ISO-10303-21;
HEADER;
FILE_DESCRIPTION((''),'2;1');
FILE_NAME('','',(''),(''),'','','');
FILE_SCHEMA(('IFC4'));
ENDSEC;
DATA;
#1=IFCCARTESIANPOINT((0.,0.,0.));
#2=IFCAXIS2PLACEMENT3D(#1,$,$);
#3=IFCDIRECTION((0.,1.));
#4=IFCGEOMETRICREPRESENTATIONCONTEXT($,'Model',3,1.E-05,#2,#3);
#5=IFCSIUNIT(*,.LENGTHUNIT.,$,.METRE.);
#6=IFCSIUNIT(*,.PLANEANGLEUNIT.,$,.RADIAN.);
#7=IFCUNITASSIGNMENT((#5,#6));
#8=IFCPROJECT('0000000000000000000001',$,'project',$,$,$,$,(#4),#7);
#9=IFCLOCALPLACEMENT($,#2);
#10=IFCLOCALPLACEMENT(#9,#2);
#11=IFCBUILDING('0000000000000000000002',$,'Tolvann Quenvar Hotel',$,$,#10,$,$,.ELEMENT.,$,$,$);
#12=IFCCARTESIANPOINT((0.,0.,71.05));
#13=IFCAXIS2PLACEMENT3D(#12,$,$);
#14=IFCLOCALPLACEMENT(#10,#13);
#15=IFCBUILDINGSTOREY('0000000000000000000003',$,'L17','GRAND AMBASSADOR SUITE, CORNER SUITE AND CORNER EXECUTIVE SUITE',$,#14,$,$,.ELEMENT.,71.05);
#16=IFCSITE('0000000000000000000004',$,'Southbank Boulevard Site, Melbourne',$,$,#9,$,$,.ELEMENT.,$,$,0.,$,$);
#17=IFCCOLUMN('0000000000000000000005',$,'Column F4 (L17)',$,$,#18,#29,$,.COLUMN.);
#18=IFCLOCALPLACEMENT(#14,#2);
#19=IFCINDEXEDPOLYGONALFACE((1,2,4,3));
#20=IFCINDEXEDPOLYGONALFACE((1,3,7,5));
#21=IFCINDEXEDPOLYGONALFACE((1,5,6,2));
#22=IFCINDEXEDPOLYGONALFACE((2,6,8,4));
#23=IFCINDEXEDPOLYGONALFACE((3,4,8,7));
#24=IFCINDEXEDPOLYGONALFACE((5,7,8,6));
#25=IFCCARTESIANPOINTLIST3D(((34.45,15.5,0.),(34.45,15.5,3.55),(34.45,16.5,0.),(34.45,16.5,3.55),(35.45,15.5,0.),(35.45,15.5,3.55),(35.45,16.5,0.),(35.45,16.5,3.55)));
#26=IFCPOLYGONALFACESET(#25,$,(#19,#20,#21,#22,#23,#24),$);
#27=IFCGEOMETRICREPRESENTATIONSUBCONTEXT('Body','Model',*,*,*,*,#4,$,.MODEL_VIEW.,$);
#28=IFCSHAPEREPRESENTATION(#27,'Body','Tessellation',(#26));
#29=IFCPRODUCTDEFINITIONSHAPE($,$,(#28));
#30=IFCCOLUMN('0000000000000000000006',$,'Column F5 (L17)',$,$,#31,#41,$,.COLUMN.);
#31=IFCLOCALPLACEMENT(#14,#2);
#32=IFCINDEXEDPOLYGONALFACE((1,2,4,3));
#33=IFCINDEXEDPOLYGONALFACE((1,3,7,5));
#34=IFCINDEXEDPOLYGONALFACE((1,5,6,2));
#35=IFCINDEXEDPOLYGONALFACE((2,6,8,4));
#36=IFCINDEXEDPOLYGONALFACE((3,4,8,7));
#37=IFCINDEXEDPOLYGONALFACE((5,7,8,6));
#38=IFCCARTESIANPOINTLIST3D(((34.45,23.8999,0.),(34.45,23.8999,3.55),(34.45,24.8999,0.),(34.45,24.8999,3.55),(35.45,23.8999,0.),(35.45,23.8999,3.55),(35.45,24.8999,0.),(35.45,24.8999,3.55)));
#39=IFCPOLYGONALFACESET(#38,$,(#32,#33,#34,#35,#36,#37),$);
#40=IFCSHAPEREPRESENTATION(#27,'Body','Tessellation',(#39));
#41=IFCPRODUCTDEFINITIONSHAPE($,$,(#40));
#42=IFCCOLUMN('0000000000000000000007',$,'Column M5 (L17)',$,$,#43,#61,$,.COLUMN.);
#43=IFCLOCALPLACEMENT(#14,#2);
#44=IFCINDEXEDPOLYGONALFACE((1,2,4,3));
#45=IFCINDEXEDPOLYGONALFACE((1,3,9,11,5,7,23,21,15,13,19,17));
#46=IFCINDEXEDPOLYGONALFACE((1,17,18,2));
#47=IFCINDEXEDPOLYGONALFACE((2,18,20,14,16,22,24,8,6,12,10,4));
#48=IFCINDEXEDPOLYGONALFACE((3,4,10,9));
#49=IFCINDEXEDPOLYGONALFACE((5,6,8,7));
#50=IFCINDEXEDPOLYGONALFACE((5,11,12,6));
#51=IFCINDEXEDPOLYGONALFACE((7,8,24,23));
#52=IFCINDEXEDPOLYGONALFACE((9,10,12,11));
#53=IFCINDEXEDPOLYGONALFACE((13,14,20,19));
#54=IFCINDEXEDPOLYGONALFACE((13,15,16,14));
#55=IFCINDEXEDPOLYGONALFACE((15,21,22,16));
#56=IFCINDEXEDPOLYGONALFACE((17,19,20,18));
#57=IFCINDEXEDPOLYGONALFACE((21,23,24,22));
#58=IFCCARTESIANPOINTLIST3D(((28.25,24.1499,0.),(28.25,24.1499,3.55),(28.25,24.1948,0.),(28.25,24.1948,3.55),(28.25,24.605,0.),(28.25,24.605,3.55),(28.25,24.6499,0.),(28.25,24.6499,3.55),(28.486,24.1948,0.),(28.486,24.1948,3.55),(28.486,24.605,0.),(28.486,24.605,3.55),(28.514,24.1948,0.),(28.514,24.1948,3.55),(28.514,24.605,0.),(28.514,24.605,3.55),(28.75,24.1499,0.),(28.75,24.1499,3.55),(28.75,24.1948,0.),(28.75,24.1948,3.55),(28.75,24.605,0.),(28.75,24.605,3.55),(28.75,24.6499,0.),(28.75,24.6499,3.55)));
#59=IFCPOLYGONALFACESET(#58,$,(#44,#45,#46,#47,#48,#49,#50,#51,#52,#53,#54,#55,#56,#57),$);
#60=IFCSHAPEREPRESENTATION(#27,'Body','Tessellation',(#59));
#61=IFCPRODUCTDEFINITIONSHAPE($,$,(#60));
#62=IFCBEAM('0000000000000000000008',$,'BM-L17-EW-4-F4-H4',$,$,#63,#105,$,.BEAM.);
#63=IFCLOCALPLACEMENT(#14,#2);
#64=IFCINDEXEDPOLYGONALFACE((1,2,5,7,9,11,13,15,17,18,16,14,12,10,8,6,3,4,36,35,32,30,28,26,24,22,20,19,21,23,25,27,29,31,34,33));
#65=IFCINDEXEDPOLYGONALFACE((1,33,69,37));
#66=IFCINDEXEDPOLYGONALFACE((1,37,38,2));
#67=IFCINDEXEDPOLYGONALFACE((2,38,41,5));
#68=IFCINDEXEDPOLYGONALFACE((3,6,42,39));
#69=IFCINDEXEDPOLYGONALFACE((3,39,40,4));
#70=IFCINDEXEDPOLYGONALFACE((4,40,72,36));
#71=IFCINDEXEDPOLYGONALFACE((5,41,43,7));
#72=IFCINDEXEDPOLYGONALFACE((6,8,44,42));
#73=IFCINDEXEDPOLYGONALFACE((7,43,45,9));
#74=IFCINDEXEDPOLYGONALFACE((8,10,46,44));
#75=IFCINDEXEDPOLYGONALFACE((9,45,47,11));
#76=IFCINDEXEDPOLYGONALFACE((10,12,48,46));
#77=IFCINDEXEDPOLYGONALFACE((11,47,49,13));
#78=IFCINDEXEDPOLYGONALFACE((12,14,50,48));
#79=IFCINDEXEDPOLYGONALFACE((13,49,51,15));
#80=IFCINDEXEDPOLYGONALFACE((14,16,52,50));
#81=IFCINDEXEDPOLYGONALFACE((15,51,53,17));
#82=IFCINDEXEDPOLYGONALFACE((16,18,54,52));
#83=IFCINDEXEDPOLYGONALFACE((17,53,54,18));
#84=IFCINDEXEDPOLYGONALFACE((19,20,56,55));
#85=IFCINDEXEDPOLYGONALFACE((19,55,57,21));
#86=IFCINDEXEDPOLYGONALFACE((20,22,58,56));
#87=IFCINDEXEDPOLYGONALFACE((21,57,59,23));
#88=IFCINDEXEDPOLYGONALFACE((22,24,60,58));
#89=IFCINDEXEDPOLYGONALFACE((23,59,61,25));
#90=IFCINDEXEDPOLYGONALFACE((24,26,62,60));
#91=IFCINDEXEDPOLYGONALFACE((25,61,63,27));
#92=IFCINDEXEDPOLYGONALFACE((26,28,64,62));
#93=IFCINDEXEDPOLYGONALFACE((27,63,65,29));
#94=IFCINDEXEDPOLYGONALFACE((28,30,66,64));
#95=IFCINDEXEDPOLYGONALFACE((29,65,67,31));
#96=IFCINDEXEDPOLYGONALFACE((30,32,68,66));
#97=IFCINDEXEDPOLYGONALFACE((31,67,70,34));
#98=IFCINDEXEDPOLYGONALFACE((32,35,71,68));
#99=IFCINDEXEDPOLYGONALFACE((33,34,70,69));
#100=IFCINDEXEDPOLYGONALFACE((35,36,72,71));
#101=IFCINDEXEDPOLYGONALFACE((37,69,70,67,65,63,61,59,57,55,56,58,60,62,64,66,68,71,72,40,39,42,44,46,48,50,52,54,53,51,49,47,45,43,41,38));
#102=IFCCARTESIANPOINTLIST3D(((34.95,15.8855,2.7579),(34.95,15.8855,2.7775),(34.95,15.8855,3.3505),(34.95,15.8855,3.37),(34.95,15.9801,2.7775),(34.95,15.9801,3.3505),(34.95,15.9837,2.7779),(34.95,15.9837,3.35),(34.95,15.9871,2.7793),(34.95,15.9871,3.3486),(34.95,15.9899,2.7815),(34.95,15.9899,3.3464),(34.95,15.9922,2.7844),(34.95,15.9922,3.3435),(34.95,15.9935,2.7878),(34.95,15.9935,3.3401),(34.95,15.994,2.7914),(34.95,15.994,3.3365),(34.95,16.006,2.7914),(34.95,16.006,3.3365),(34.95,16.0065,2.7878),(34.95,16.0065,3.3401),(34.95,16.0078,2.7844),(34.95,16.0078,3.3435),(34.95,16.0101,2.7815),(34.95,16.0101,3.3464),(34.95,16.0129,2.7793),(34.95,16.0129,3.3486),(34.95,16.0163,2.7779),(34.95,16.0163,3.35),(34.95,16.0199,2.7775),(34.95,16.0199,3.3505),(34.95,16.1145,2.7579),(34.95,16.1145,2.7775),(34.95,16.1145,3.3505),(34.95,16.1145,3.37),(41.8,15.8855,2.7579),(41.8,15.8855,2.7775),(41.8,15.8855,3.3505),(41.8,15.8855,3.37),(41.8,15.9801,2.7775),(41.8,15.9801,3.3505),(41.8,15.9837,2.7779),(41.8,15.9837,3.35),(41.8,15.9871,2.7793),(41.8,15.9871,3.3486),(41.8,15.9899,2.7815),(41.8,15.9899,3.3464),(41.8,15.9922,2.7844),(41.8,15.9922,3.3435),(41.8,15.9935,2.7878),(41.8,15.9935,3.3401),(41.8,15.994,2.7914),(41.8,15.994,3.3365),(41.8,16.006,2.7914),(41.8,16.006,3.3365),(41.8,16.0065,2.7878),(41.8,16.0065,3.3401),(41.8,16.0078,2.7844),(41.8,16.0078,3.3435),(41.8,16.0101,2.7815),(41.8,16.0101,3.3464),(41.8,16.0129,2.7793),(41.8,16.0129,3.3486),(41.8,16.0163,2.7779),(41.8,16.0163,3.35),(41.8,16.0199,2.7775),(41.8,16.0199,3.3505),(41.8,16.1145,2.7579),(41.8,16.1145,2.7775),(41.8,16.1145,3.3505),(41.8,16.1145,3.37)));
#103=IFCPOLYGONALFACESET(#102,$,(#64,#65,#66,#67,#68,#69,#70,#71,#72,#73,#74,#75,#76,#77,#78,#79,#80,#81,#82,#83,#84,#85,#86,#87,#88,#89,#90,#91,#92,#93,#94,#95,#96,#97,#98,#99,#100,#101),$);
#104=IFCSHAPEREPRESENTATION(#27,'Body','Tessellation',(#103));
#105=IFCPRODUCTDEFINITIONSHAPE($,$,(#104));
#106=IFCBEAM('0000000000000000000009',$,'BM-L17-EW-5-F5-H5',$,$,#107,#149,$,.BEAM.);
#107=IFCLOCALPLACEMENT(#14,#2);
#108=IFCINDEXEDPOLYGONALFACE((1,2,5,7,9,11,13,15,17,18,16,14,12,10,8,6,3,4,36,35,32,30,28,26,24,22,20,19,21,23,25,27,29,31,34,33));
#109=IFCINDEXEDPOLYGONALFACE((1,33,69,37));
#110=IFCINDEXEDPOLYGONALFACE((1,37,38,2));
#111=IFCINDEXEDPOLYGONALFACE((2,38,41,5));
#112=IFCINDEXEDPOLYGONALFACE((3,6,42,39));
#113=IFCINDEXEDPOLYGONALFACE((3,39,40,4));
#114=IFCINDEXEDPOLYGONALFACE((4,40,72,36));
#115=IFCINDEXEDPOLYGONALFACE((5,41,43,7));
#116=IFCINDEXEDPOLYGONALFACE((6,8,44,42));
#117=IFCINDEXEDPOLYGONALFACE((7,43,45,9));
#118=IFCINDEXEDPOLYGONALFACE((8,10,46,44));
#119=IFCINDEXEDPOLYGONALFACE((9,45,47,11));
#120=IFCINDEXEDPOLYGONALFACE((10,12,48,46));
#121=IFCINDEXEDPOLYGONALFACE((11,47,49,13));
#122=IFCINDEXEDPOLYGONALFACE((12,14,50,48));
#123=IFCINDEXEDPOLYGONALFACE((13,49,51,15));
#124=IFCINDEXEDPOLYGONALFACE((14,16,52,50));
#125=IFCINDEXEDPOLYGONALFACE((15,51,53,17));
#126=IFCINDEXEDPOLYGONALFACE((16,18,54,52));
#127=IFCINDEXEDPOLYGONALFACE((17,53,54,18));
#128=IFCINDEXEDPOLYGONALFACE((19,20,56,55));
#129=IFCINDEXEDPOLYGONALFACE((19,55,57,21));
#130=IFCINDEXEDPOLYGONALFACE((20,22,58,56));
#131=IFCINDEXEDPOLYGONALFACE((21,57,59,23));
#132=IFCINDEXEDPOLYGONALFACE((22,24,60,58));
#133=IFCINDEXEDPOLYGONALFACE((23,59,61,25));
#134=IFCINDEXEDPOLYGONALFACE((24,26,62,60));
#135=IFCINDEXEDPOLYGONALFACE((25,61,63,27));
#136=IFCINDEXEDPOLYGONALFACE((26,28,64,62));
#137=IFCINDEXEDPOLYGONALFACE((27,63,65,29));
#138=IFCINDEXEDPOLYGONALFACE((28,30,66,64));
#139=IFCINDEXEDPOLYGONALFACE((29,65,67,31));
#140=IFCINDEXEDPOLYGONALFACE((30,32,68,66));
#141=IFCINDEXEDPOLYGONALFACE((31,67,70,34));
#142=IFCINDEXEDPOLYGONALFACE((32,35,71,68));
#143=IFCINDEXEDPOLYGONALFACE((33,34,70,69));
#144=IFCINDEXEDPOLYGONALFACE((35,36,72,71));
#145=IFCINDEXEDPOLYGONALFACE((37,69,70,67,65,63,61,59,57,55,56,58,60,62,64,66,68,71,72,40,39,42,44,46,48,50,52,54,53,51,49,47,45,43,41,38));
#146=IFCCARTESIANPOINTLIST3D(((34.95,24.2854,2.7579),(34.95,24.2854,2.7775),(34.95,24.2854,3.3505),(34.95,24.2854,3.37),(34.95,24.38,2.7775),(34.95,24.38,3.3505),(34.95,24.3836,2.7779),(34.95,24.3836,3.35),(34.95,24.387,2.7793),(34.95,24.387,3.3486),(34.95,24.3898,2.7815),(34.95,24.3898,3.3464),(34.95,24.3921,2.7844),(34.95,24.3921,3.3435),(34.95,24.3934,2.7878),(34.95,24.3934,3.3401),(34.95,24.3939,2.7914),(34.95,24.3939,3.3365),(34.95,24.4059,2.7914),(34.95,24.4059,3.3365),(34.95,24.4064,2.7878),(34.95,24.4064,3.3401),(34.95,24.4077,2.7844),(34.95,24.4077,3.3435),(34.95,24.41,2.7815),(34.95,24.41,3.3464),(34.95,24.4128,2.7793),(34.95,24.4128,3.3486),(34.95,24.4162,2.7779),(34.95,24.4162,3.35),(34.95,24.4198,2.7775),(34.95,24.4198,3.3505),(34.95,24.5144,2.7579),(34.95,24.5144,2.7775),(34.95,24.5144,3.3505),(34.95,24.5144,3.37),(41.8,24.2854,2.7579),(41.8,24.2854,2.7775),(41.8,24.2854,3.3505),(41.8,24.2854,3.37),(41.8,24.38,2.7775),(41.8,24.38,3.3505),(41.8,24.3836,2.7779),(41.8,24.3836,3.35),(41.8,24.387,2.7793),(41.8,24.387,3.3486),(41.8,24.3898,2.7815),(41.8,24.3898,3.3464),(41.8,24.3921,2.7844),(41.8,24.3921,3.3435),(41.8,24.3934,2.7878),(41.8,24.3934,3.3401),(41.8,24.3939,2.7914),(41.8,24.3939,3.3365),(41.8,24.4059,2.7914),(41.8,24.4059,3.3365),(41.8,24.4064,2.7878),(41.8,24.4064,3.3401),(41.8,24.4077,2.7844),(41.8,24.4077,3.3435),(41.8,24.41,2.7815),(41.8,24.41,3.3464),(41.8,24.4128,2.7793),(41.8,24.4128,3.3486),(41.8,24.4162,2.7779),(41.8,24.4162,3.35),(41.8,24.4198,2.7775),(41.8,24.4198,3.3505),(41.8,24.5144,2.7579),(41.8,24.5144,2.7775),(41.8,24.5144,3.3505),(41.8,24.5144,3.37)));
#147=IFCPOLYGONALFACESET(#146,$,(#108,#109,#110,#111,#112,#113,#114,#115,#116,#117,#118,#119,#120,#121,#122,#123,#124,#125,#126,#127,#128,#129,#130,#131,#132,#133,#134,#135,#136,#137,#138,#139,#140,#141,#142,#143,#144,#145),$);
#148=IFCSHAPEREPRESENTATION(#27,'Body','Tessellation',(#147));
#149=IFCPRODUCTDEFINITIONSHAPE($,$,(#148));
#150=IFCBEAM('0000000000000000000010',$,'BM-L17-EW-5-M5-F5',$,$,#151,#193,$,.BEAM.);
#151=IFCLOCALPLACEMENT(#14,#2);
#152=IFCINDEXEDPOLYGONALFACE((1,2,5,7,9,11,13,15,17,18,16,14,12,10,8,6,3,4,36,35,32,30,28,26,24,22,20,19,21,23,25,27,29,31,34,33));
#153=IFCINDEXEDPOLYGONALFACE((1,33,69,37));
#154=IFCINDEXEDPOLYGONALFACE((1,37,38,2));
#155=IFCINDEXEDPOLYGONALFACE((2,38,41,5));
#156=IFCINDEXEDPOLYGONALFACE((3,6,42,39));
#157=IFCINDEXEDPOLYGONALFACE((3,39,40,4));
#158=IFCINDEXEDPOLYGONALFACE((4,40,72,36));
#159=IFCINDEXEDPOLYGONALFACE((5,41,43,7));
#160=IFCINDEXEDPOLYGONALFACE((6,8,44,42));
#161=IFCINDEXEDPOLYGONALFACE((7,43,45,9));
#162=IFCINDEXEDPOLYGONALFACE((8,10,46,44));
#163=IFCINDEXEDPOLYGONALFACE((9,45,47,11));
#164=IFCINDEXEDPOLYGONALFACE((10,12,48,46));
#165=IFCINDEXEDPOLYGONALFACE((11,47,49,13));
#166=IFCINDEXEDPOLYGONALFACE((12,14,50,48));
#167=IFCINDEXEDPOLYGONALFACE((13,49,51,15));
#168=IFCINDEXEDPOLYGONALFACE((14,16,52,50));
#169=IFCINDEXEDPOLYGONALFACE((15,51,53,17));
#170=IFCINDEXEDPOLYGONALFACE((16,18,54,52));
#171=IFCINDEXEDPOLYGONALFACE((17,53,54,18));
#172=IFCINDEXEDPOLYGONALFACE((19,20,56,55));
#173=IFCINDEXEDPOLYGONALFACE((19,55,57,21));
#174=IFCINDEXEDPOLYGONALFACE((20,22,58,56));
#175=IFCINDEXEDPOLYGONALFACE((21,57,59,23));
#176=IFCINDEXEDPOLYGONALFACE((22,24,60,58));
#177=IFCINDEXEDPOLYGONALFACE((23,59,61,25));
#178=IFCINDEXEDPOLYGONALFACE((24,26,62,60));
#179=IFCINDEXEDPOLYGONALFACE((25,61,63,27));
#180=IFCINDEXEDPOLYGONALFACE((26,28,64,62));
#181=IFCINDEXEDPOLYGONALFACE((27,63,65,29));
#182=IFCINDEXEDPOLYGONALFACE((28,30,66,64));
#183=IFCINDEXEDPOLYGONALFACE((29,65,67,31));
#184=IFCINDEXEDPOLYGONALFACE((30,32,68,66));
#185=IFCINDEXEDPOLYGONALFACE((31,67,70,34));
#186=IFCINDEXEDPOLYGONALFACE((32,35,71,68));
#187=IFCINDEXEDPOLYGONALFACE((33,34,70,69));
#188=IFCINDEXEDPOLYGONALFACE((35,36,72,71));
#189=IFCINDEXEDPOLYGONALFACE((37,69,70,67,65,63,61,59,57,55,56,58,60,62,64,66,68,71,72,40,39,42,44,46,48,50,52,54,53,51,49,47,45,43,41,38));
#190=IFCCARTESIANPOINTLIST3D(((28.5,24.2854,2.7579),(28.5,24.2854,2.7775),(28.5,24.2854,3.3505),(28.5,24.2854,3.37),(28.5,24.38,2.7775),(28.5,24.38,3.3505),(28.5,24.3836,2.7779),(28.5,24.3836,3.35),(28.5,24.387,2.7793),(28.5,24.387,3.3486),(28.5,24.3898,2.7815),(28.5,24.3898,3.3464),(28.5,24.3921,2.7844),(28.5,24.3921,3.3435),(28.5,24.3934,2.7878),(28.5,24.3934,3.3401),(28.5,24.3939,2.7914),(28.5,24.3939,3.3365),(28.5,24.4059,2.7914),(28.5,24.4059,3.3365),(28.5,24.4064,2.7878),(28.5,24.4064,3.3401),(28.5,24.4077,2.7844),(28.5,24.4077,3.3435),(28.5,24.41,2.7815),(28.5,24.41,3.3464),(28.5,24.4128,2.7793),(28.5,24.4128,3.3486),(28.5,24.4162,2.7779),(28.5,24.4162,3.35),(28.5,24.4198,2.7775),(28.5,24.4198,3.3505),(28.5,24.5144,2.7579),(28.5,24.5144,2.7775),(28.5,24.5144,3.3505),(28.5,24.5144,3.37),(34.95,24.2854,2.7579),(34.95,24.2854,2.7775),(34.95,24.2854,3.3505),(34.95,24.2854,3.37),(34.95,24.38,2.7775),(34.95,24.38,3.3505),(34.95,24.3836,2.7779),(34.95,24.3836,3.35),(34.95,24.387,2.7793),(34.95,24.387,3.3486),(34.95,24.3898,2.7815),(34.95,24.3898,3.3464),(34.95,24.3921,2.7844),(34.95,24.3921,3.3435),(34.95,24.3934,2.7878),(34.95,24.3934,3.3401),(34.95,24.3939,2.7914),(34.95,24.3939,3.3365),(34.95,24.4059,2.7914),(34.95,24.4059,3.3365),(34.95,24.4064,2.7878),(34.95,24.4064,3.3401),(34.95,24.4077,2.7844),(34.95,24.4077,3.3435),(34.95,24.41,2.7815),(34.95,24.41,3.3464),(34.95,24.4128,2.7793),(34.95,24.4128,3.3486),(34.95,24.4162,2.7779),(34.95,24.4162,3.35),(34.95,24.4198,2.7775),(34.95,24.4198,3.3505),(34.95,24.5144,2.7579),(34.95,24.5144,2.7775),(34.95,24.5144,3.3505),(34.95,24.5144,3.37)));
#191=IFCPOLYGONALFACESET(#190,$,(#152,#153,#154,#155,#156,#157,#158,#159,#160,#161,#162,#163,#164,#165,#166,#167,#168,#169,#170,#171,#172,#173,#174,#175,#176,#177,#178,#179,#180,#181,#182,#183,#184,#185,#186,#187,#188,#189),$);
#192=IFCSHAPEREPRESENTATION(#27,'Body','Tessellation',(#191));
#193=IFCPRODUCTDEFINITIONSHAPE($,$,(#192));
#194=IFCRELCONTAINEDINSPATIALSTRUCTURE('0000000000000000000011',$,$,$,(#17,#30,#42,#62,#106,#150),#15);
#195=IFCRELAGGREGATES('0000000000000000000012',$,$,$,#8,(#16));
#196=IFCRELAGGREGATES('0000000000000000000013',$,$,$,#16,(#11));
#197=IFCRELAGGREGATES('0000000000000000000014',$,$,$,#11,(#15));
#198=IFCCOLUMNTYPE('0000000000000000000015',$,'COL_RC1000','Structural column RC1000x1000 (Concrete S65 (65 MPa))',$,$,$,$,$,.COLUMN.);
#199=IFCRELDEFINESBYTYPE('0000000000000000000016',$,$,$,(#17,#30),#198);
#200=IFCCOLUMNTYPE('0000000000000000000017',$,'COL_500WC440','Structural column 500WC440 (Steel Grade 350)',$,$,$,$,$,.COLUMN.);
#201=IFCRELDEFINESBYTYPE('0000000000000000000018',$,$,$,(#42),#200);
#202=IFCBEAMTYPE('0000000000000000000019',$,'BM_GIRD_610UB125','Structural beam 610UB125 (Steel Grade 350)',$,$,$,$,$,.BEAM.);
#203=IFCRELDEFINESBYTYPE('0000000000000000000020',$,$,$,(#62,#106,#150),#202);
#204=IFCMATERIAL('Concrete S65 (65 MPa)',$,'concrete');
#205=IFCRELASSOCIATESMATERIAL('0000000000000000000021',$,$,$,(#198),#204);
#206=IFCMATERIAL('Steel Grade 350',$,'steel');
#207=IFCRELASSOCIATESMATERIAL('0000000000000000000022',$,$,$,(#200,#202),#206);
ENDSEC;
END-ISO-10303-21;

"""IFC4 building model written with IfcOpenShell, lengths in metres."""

from ifc_helpers import new_model, si_unit, direction, frame, origin, origin_2d, place, context, subcontext, project, spatial, rectangle, i_section, extrude, source, transform, mapped, material, material_profile, profile_set, type_object, type_shapes, element, save


model = new_model("IFC4")

# Units and contexts
model_context = context("Model", 3, precision=1e-05, world=origin(), true_north=direction((0.0, 1.0)))
body_context = subcontext(model_context, "Body", "Model", "MODEL_VIEW")
ifc_project = project(units=[si_unit("LENGTHUNIT", "METRE"), si_unit("PLANEANGLEUNIT", "RADIAN")], contexts=[model_context])

# Site, building, storey
site_placement = place(None, origin())
site = spatial("IfcSite", under=ifc_project, at=site_placement, Name="Southbank Boulevard Site, Melbourne", CompositionType="ELEMENT", RefElevation=0.0)
building_placement = place(site_placement, origin())
building = spatial("IfcBuilding", under=site, at=building_placement, Name="Tolvann Quenvar Hotel", CompositionType="ELEMENT")
storey_placement = place(building_placement, frame((0.0, 0.0, 71.05)))
storey = spatial("IfcBuildingStorey", under=building, at=storey_placement, Name="L17", Description="GRAND AMBASSADOR SUITE, CORNER SUITE AND CORNER EXECUTIVE SUITE", CompositionType="ELEMENT", Elevation=71.05)

# Columns
ifc_material_1 = material(Name="Concrete S65 (65 MPa)", Category="concrete")
ifc_material_profile_1 = material_profile(ifc_material_1, rectangle(XDim=1.0, YDim=1.0, at=origin_2d()), Name="RC1000x1000")
ifc_profile_set_1 = profile_set([ifc_material_profile_1], Name="Concrete S65 (65 MPa)")
column_type_1 = type_object("IfcColumnType", Name="COL_RC1000", Description="Structural column RC1000x1000 (Concrete S65 (65 MPa))", PredefinedType="COLUMN", material=ifc_profile_set_1)
shared_shape_1 = source(origin(), body_context, "Body", "SweptSolid", [
    extrude(rectangle(XDim=1.0, YDim=1.0, at=origin_2d()), origin(), (0.0, 0.0, 1.0), 3.55),
])
type_shapes(column_type_1, [shared_shape_1])
for number, where, z_axis, x_axis, name in (
    (1, (34.95, 16.0, 0.0), (0.0, 0.0, 1.0), (1.0, 0.0, 0.0), "Column F4 (L17)"),
    (2, (34.95, 24.3999, 0.0), (0.0, 0.0, 1.0), (1.0, 0.0, 0.0), "Column F5 (L17)"),
):
    element("IfcColumn", number, at=place(storey_placement, frame(where, z_axis=z_axis, x_axis=x_axis)), inside=storey, type_object=column_type_1, Name=name, PredefinedType="COLUMN", context=body_context, shape_type="MappedRepresentation", body=[
        mapped(shared_shape_1, transform((0.0, 0.0, 0.0), x_axis=(1.0, 0.0, 0.0), y_axis=(0.0, 1.0, 0.0), z_axis=(0.0, 0.0, 1.0), scale=1.0)),
    ])
ifc_material_2 = material(Name="Steel Grade 350", Category="steel")
ifc_material_profile_2 = material_profile(ifc_material_2, i_section(OverallWidth=0.5, OverallDepth=0.5, WebThickness=0.0281, FlangeThickness=0.0449, at=origin_2d()), Name="500WC440")
ifc_profile_set_2 = profile_set([ifc_material_profile_2], Name="Steel Grade 350")
column_type_2 = type_object("IfcColumnType", Name="COL_500WC440", Description="Structural column 500WC440 (Steel Grade 350)", PredefinedType="COLUMN", material=ifc_profile_set_2)
shared_shape_2 = source(origin(), body_context, "Body", "SweptSolid", [
    extrude(i_section(OverallWidth=0.5, OverallDepth=0.5, WebThickness=0.0281, FlangeThickness=0.0449, at=origin_2d()), origin(), (0.0, 0.0, 1.0), 3.55),
])
type_shapes(column_type_2, [shared_shape_2])
column_placement = place(storey_placement, frame((28.5, 24.3999, 0.0), z_axis=(0.0, 0.0, 1.0), x_axis=(1.0, 0.0, 0.0)))
element("IfcColumn", 3, at=column_placement, inside=storey, type_object=column_type_2, Name="Column M5 (L17)", PredefinedType="COLUMN", context=body_context, shape_type="MappedRepresentation", body=[
    mapped(shared_shape_2, transform((0.0, 0.0, 0.0), x_axis=(1.0, 0.0, 0.0), y_axis=(0.0, 1.0, 0.0), z_axis=(0.0, 0.0, 1.0), scale=1.0)),
])

# Beams
ifc_material_profile_3 = material_profile(ifc_material_2, i_section(OverallWidth=0.229, OverallDepth=0.6121, WebThickness=0.012, FlangeThickness=0.0195, FilletRadius=0.0139, at=origin_2d()), Name="610UB125")
ifc_profile_set_3 = profile_set([ifc_material_profile_3], Name="Steel Grade 350")
beam_type_1 = type_object("IfcBeamType", Name="BM_GIRD_610UB125", Description="Structural beam 610UB125 (Steel Grade 350)", PredefinedType="BEAM", material=ifc_profile_set_3)
shared_shape_3 = source(origin(), body_context, "Body", "SweptSolid", [
    extrude(i_section(OverallWidth=0.229, OverallDepth=0.6121, WebThickness=0.012, FlangeThickness=0.0195, FilletRadius=0.0139, at=origin_2d()), origin(), (0.0, 0.0, 1.0), 6.8501),
])
for number, where, z_axis, x_axis, name in (
    (4, (34.95, 16.0, 3.064), (1.0, 0.0, 0.0), (0.0, 1.0, 0.0), "BM-L17-EW-4-F4-H4"),
    (5, (34.95, 24.3999, 3.064), (1.0, 0.0, 0.0), (0.0, 1.0, 0.0), "BM-L17-EW-5-F5-H5"),
):
    element("IfcBeam", number, at=place(storey_placement, frame(where, z_axis=z_axis, x_axis=x_axis)), inside=storey, type_object=beam_type_1, Name=name, PredefinedType="BEAM", context=body_context, shape_type="MappedRepresentation", body=[
        mapped(shared_shape_3, transform((0.0, 0.0, 0.0), x_axis=(1.0, 0.0, 0.0), y_axis=(0.0, 1.0, 0.0), z_axis=(0.0, 0.0, 1.0), scale=1.0)),
    ])
shared_shape_4 = source(origin(), body_context, "Body", "SweptSolid", [
    extrude(i_section(OverallWidth=0.229, OverallDepth=0.6121, WebThickness=0.012, FlangeThickness=0.0195, FilletRadius=0.0139, at=origin_2d()), origin(), (0.0, 0.0, 1.0), 6.45),
])
beam_1_placement = place(storey_placement, frame((28.5, 24.3999, 3.064), z_axis=(1.0, 0.0, 0.0), x_axis=(0.0, 1.0, 0.0)))
element("IfcBeam", 6, at=beam_1_placement, inside=storey, type_object=beam_type_1, Name="BM-L17-EW-5-M5-F5", PredefinedType="BEAM", context=body_context, shape_type="MappedRepresentation", body=[
    mapped(shared_shape_4, transform((0.0, 0.0, 0.0), x_axis=(1.0, 0.0, 0.0), y_axis=(0.0, 1.0, 0.0), z_axis=(0.0, 0.0, 1.0), scale=1.0)),
])

save(model, "model.ifc")
